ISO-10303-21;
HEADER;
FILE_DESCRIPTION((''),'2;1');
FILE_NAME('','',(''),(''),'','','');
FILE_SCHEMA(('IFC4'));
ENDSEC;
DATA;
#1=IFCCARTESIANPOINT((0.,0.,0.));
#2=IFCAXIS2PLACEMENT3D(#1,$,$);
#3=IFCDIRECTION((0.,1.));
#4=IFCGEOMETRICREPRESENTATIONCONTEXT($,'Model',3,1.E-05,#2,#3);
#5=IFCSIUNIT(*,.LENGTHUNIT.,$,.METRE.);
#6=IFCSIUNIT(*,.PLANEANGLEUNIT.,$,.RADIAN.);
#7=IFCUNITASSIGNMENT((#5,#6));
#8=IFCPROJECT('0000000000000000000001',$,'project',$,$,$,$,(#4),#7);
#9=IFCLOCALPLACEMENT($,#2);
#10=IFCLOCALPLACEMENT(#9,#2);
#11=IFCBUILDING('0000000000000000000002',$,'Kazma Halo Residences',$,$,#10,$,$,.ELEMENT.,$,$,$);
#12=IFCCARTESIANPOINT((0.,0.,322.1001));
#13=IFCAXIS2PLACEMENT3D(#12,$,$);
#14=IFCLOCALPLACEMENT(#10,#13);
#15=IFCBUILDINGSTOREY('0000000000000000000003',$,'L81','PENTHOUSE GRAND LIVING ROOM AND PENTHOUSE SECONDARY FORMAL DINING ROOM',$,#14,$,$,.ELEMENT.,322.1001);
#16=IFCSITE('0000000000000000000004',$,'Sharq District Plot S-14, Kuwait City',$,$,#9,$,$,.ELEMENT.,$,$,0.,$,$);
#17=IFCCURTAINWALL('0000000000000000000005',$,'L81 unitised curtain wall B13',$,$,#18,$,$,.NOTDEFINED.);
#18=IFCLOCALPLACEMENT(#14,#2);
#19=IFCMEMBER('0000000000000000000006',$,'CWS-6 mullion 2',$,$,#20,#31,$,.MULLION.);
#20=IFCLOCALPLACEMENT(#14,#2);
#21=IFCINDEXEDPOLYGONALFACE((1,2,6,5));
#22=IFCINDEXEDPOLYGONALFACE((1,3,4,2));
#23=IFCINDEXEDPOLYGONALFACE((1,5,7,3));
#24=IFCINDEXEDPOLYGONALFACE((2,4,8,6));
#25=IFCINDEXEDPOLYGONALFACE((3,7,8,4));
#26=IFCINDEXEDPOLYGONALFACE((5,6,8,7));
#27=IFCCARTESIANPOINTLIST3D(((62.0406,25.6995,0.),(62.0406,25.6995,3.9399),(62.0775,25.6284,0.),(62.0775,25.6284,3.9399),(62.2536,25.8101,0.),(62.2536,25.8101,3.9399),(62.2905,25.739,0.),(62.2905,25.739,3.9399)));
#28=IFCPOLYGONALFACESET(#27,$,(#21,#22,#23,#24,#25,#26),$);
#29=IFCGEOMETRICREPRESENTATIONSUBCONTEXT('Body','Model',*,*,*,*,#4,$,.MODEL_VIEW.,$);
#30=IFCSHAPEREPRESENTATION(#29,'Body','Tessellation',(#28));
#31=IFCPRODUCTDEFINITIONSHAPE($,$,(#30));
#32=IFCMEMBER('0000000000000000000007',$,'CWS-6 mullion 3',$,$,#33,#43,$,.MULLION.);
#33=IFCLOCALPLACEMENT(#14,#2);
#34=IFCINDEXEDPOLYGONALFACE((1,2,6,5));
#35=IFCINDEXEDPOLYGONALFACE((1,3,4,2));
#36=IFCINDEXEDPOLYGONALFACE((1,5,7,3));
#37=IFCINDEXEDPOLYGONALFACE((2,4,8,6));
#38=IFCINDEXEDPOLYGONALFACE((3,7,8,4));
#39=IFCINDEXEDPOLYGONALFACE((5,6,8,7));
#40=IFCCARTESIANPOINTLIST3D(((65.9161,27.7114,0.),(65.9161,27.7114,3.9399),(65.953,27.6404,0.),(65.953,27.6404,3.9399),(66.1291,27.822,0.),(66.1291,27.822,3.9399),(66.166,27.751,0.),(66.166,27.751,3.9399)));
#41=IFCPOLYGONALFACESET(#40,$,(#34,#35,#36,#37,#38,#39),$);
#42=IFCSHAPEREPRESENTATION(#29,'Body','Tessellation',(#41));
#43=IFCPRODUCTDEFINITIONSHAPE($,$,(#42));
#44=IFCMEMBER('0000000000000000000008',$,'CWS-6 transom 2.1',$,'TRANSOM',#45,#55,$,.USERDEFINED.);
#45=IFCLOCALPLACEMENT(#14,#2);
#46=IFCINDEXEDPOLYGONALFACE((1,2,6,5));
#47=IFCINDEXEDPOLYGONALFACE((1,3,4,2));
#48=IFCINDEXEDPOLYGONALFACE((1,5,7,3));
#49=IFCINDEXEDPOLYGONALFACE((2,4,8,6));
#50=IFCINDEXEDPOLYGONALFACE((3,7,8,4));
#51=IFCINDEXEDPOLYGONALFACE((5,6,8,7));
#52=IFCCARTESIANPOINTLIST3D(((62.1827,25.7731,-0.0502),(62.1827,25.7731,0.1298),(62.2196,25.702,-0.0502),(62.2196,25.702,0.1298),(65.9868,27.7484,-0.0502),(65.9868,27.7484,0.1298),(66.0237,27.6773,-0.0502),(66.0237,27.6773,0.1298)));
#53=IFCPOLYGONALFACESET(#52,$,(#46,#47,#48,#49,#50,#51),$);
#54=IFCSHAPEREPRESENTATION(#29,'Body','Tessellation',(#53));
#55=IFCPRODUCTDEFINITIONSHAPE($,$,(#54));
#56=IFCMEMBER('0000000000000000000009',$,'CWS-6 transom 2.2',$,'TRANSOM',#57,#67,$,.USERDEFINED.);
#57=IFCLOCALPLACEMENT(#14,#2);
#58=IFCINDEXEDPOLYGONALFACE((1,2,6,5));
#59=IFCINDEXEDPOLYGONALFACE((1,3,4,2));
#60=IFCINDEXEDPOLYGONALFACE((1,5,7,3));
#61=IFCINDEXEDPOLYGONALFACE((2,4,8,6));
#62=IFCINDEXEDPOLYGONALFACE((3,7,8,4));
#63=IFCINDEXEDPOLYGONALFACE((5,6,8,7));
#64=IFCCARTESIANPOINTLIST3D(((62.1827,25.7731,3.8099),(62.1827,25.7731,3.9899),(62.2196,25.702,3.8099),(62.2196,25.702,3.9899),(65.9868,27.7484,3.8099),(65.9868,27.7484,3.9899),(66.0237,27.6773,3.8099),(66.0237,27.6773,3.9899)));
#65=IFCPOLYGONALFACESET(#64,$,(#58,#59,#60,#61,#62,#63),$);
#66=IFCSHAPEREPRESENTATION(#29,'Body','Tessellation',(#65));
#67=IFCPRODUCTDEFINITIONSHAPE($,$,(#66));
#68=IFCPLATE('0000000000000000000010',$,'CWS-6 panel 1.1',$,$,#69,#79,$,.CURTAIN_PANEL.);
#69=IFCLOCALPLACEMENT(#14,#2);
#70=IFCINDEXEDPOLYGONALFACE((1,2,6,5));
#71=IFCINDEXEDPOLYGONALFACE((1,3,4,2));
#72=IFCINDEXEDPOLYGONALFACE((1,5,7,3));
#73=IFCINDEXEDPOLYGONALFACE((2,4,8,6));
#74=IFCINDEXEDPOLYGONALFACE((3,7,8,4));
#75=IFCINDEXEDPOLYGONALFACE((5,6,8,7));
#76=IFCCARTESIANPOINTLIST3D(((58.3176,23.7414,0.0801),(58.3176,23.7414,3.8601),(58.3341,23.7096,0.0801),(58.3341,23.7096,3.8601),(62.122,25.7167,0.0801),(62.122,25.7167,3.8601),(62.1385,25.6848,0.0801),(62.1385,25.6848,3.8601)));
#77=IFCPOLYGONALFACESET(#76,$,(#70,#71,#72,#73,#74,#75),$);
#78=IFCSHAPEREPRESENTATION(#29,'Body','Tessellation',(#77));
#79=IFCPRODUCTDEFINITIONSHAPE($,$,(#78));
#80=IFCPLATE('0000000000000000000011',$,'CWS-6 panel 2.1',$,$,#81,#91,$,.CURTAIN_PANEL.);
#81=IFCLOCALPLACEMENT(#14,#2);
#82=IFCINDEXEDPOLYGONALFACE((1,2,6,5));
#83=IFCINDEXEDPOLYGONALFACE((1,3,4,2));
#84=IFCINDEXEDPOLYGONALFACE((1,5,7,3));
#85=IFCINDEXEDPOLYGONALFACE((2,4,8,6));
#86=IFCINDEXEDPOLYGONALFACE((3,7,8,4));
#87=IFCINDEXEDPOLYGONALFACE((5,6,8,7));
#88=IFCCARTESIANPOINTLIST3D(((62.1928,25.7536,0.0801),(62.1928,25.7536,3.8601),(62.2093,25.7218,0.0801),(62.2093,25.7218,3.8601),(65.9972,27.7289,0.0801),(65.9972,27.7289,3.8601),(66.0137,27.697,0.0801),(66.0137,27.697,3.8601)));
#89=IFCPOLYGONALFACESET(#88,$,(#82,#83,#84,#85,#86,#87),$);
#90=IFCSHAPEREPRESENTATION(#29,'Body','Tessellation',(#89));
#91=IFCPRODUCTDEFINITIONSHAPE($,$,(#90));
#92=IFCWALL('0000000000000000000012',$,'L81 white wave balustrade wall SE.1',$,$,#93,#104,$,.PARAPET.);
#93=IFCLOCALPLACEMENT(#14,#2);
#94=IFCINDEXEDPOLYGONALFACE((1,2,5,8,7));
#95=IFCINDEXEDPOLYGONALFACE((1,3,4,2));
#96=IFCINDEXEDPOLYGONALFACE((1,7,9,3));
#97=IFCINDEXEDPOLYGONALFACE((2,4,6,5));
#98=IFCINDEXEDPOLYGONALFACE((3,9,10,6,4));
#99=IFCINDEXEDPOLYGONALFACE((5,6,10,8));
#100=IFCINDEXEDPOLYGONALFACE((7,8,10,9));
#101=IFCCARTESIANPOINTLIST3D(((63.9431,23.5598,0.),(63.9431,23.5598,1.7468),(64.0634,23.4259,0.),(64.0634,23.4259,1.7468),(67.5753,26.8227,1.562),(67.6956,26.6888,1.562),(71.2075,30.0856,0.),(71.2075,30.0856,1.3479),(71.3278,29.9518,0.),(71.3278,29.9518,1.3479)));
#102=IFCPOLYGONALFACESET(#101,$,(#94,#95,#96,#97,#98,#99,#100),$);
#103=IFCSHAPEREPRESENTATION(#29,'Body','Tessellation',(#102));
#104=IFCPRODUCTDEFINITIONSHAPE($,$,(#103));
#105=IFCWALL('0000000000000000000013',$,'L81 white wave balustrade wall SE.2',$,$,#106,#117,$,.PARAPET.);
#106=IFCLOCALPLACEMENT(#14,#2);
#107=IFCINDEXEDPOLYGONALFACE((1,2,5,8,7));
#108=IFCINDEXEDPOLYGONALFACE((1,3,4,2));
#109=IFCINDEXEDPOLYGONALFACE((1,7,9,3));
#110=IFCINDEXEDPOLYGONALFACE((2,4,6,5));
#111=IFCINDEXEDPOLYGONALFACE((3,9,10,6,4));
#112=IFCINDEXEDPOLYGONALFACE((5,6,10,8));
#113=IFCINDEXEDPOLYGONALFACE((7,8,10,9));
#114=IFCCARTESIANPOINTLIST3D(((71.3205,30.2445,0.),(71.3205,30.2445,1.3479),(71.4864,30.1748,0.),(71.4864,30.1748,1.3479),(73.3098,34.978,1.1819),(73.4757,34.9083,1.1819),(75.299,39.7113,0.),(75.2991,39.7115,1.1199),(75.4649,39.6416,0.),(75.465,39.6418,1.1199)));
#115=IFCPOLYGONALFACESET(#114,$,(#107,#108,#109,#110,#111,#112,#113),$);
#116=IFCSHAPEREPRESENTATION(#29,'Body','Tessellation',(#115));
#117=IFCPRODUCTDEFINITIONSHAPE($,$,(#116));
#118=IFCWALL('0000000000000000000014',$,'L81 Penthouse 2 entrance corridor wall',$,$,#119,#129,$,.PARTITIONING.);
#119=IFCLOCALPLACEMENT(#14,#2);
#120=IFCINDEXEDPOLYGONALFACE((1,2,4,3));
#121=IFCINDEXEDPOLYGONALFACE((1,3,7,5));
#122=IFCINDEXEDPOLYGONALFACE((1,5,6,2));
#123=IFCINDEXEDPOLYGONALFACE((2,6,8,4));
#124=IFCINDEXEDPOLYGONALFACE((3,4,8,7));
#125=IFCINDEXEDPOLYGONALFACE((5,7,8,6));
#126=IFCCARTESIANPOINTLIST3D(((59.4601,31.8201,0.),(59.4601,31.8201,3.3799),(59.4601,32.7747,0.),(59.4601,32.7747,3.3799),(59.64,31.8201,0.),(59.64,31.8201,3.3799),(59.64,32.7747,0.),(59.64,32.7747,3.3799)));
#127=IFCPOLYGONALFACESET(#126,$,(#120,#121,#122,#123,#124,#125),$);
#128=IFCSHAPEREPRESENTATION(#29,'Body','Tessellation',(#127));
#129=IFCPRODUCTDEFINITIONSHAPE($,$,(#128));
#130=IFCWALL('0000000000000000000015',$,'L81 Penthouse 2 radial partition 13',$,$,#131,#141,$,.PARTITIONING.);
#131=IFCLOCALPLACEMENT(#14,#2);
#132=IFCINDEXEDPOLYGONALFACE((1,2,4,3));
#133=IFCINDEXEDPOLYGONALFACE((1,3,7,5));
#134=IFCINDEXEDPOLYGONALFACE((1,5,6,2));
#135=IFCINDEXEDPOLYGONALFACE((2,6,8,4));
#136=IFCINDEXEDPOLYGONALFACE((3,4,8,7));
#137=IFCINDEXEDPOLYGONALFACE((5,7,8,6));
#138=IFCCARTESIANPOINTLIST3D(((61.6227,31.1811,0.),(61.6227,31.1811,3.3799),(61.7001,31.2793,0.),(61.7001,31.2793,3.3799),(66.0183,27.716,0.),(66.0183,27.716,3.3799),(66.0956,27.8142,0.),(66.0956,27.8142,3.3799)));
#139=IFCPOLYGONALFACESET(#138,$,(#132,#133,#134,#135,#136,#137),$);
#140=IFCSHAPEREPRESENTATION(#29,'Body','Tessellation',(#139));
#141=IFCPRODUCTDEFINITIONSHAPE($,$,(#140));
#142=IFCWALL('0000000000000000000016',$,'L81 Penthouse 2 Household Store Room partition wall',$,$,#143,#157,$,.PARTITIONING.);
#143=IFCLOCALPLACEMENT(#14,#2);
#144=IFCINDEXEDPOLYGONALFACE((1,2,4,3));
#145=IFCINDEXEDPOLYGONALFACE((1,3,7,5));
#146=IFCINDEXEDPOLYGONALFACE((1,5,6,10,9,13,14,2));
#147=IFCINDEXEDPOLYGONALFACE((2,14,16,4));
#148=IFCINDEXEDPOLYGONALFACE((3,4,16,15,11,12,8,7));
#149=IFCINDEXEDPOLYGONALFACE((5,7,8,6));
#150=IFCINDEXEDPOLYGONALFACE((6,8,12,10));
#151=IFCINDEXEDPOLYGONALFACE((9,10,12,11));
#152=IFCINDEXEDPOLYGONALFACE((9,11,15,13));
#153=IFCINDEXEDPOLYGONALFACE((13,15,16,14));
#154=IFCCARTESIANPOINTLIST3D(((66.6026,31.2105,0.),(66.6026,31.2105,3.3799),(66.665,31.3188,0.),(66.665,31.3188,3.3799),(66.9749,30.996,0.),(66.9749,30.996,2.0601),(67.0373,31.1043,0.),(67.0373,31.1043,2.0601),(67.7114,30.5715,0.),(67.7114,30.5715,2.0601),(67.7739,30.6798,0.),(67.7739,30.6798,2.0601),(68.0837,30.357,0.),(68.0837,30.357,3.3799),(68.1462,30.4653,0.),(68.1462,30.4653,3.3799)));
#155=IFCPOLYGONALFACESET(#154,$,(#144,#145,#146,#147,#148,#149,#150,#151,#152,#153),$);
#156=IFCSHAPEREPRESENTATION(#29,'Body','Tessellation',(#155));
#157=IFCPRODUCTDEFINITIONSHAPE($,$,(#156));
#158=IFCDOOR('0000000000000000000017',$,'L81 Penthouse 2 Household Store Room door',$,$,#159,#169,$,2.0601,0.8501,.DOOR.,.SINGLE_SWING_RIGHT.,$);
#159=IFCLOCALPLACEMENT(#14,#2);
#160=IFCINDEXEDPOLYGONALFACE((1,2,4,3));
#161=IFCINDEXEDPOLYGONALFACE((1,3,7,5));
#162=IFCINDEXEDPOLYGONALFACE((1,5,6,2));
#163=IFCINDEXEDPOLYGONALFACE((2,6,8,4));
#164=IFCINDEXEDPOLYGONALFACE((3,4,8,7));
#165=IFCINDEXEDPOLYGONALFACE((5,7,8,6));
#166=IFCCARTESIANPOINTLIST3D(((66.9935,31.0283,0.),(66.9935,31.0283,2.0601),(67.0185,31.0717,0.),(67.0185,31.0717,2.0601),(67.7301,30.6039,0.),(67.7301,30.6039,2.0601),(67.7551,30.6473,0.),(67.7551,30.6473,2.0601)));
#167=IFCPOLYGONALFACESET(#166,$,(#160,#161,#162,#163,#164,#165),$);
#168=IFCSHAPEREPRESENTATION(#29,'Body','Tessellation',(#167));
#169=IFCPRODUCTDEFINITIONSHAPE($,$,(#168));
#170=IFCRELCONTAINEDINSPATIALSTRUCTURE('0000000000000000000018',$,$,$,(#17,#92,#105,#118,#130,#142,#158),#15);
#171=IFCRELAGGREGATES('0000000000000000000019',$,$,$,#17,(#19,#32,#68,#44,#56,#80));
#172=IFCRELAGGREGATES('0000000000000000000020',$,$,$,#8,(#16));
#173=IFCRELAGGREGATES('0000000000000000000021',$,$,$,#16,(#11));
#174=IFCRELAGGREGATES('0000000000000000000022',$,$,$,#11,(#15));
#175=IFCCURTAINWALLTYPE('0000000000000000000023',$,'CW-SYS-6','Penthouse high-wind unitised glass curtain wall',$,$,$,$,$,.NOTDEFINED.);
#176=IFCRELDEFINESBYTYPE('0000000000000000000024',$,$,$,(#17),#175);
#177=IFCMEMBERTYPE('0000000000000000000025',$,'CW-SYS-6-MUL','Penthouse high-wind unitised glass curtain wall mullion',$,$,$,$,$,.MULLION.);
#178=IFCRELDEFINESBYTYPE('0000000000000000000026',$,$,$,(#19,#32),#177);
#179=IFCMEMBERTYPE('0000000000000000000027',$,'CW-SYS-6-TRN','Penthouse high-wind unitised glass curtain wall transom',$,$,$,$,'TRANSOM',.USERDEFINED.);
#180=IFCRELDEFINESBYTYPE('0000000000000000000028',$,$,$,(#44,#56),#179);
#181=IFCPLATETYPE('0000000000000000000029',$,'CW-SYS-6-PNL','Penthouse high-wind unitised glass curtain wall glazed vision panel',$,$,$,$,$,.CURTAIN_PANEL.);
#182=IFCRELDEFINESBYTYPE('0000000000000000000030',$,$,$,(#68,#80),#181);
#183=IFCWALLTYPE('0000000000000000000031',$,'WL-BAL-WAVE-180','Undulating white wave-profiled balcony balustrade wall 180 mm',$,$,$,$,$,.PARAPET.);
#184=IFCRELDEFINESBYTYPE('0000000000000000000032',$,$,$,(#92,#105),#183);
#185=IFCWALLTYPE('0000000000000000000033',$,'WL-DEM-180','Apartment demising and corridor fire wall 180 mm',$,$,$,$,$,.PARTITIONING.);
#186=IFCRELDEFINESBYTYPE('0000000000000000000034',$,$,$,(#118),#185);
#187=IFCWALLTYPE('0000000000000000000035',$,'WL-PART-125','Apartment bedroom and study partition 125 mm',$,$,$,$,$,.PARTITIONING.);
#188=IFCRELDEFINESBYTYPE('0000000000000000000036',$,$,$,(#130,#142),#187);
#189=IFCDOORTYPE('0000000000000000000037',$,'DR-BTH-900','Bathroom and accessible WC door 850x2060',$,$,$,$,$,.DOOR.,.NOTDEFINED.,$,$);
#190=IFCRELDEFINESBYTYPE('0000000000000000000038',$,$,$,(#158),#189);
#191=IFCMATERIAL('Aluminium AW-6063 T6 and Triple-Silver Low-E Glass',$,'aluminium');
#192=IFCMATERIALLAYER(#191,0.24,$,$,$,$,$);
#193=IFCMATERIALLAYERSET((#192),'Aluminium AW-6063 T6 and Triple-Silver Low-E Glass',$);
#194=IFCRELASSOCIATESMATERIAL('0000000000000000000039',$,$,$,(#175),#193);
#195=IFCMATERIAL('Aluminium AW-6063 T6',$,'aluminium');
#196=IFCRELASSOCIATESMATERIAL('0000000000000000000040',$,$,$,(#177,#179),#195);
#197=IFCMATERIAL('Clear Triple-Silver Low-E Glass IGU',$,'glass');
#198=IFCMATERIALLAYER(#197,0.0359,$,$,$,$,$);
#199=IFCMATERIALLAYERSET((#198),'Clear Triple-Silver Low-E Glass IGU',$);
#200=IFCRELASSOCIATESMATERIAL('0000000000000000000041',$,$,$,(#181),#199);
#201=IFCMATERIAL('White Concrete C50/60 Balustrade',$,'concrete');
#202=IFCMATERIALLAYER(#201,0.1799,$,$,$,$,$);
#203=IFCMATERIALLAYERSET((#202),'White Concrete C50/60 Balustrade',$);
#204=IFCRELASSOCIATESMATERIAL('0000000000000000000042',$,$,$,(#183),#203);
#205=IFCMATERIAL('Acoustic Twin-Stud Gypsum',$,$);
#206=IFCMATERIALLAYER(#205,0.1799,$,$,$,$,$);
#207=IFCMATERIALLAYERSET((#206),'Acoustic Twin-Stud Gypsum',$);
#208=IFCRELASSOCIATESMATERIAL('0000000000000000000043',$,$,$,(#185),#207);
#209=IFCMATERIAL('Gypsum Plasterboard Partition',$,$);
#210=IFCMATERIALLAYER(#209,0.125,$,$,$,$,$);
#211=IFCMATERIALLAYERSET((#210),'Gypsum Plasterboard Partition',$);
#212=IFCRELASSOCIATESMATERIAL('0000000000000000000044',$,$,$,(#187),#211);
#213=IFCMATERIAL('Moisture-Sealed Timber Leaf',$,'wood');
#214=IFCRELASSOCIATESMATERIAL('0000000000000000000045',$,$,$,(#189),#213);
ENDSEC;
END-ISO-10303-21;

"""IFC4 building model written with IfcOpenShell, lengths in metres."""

from ifc_helpers import new_model, si_unit, direction, frame, frame_2d, origin, origin_2d, place, context, subcontext, project, spatial, polyline, rectangle, outline, extrude, material, layer, layer_set, material_profile, profile_set, type_object, element, fill, aggregate, save


model = new_model("IFC4")

# Units and contexts
model_context = context("Model", 3, precision=1e-05, world=origin(), true_north=direction((0.0, 1.0)))
body_context = subcontext(model_context, "Body", "Model", "MODEL_VIEW")
ifc_project = project(units=[si_unit("LENGTHUNIT", "METRE"), si_unit("PLANEANGLEUNIT", "RADIAN")], contexts=[model_context])

# Site, building, storey
site_placement = place(None, origin())
site = spatial("IfcSite", under=ifc_project, at=site_placement, Name="Sharq District Plot S-14, Kuwait City", CompositionType="ELEMENT", RefElevation=0.0)
building_placement = place(site_placement, origin())
building = spatial("IfcBuilding", under=site, at=building_placement, Name="Kazma Halo Residences", CompositionType="ELEMENT")
storey_placement = place(building_placement, frame((0.0, 0.0, 322.1001)))
storey = spatial("IfcBuildingStorey", under=building, at=storey_placement, Name="L81", Description="PENTHOUSE GRAND LIVING ROOM AND PENTHOUSE SECONDARY FORMAL DINING ROOM", CompositionType="ELEMENT", Elevation=322.1001)

# Curtain wall, members, plates
ifc_material_1 = material(Name="Aluminium AW-6063 T6 and Triple-Silver Low-E Glass", Category="aluminium")
ifc_layer_1 = layer(ifc_material_1, 0.24)
ifc_layer_set_1 = layer_set([ifc_layer_1], Name="Aluminium AW-6063 T6 and Triple-Silver Low-E Glass")
curtain_wall_type = type_object("IfcCurtainWallType", Name="CW-SYS-6", Description="Penthouse high-wind unitised glass curtain wall", PredefinedType="NOTDEFINED", material=ifc_layer_set_1)
curtain_wall_placement = place(storey_placement, origin())
curtain_wall = element("IfcCurtainWall", 1, at=curtain_wall_placement, inside=storey, type_object=curtain_wall_type, Name="L81 unitised curtain wall B13", PredefinedType="NOTDEFINED")
ifc_material_2 = material(Name="Aluminium AW-6063 T6", Category="aluminium")
ifc_material_profile_1 = material_profile(ifc_material_2, rectangle(XDim=0.0801, YDim=0.24, at=origin_2d()), Name="CWM-80x240")
ifc_profile_set_1 = profile_set([ifc_material_profile_1], Name="Aluminium AW-6063 T6")
member_type_1 = type_object("IfcMemberType", Name="CW-SYS-6-MUL", Description="Penthouse high-wind unitised glass curtain wall mullion", PredefinedType="MULLION", material=ifc_profile_set_1)
member_1_placement = place(storey_placement, frame((62.1655, 25.7192, 0.0), z_axis=(0.0, 0.0, 1.0), x_axis=(-0.460796, 0.887506, 0.0)))
member_1 = element("IfcMember", 2, at=member_1_placement, type_object=member_type_1, Name="CWS-6 mullion 2", PredefinedType="MULLION", context=body_context, shape_type="SweptSolid", body=[
    extrude(rectangle(XDim=0.0801, YDim=0.24, at=origin_2d()), origin(), (0.0, 0.0, 1.0), 3.9399),
])
member_2_placement = place(storey_placement, frame((66.041, 27.7312, 0.0), z_axis=(0.0, 0.0, 1.0), x_axis=(-0.460796, 0.887506, 0.0)))
member_2 = element("IfcMember", 3, at=member_2_placement, type_object=member_type_1, Name="CWS-6 mullion 3", PredefinedType="MULLION", context=body_context, shape_type="SweptSolid", body=[
    extrude(rectangle(XDim=0.0801, YDim=0.24, at=origin_2d()), origin(), (0.0, 0.0, 1.0), 3.9399),
])
ifc_material_profile_2 = material_profile(ifc_material_2, rectangle(XDim=0.0801, YDim=0.1799, at=origin_2d()), Name="CWT-80x180")
ifc_profile_set_2 = profile_set([ifc_material_profile_2], Name="Aluminium AW-6063 T6")
member_type_2 = type_object("IfcMemberType", Name="CW-SYS-6-TRN", Description="Penthouse high-wind unitised glass curtain wall transom", ElementType="TRANSOM", PredefinedType="USERDEFINED", material=ifc_profile_set_2)
member_3_placement = place(storey_placement, frame((62.2012, 25.7375, 0.0398), z_axis=(0.887488, 0.460831, 0.0), x_axis=(-0.460831, 0.887488, 0.0)))
member_3 = element("IfcMember", 4, at=member_3_placement, type_object=member_type_2, Name="CWS-6 transom 2.1", ObjectType="TRANSOM", PredefinedType="USERDEFINED", context=body_context, shape_type="SweptSolid", body=[
    extrude(rectangle(XDim=0.0801, YDim=0.1799, at=origin_2d()), origin(), (0.0, 0.0, 1.0), 4.2864),
])
member_4_placement = place(storey_placement, frame((62.2012, 25.7375, 3.8999), z_axis=(0.887488, 0.460831, 0.0), x_axis=(-0.460831, 0.887488, 0.0)))
member_4 = element("IfcMember", 5, at=member_4_placement, type_object=member_type_2, Name="CWS-6 transom 2.2", ObjectType="TRANSOM", PredefinedType="USERDEFINED", context=body_context, shape_type="SweptSolid", body=[
    extrude(rectangle(XDim=0.0801, YDim=0.1799, at=origin_2d()), origin(), (0.0, 0.0, 1.0), 4.2864),
])
ifc_material_3 = material(Name="Clear Triple-Silver Low-E Glass IGU", Category="glass")
ifc_layer_2 = layer(ifc_material_3, 0.0359)
ifc_layer_set_2 = layer_set([ifc_layer_2], Name="Clear Triple-Silver Low-E Glass IGU")
plate_type = type_object("IfcPlateType", Name="CW-SYS-6-PNL", Description="Penthouse high-wind unitised glass curtain wall glazed vision panel", PredefinedType="CURTAIN_PANEL", material=ifc_layer_set_2)
plate_1_placement = place(storey_placement, frame((60.228, 24.7131, 0.0801), z_axis=(0.0, 0.0, 1.0), x_axis=(0.887506, 0.460796, 0.0)))
plate_1 = element("IfcPlate", 6, at=plate_1_placement, type_object=plate_type, Name="CWS-6 panel 1.1", PredefinedType="CURTAIN_PANEL", context=body_context, shape_type="SweptSolid", body=[
    extrude(rectangle(XDim=4.2866, YDim=0.0359, at=origin_2d()), origin(), (0.0, 0.0, 1.0), 3.78),
])
plate_2_placement = place(storey_placement, frame((64.1033, 26.7253, 0.0801), z_axis=(0.0, 0.0, 1.0), x_axis=(0.887506, 0.460796, 0.0)))
plate_2 = element("IfcPlate", 7, at=plate_2_placement, type_object=plate_type, Name="CWS-6 panel 2.1", PredefinedType="CURTAIN_PANEL", context=body_context, shape_type="SweptSolid", body=[
    extrude(rectangle(XDim=4.2866, YDim=0.0359, at=origin_2d()), origin(), (0.0, 0.0, 1.0), 3.78),
])
aggregate(curtain_wall, [member_1, member_2, plate_1, member_3, member_4, plate_2])

# Walls
ifc_material_4 = material(Name="White Concrete C50/60 Balustrade", Category="concrete")
ifc_layer_3 = layer(ifc_material_4, 0.1799)
ifc_layer_set_3 = layer_set([ifc_layer_3], Name="White Concrete C50/60 Balustrade")
wall_type_1 = type_object("IfcWallType", Name="WL-BAL-WAVE-180", Description="Undulating white wave-profiled balcony balustrade wall 180 mm", PredefinedType="PARAPET", material=ifc_layer_set_3)
wall_1_placement = place(storey_placement, frame((64.0032, 23.4929, 0.0), z_axis=(0.0, 0.0, 1.0), x_axis=(0.743909, 0.668281, 0.0)))
element("IfcWall", 8, at=wall_1_placement, inside=storey, type_object=wall_type_1, Name="L81 white wave balustrade wall SE.1", PredefinedType="PARAPET", context=body_context, shape_type="SweptSolid", body=[
    extrude(outline(polyline([(0.0, 0.0), (9.7651, 0.0), (9.7651, 1.3479), (4.8826, 1.562), (0.0, 1.7468), (0.0, 0.0)])), frame((0.0, 0.0898, 0.0), z_axis=(0.0, -1.0, 0.0), x_axis=(1.0, 0.0, 0.0)), (0.0, 0.0, 1.0), 0.1799),
])
wall_2_placement = place(storey_placement, frame((71.4033, 30.2097, 0.0), z_axis=(0.0, 0.0, 1.0), x_axis=(0.387436, 0.921897, 0.0)))
element("IfcWall", 9, at=wall_2_placement, inside=storey, type_object=wall_type_1, Name="L81 white wave balustrade wall SE.2", PredefinedType="PARAPET", context=body_context, shape_type="SweptSolid", body=[
    extrude(outline(polyline([(0.0, 0.0), (10.2688, 0.0), (10.269, 1.1199), (5.1345, 1.1819), (0.0, 1.3479), (0.0, 0.0)])), frame((0.0, 0.0898, 0.0), z_axis=(0.0, -1.0, 0.0), x_axis=(1.0, 0.0, 0.0)), (0.0, 0.0, 1.0), 0.1799),
])
ifc_material_5 = material(Name="Acoustic Twin-Stud Gypsum")
ifc_layer_4 = layer(ifc_material_5, 0.1799)
ifc_layer_set_4 = layer_set([ifc_layer_4], Name="Acoustic Twin-Stud Gypsum")
wall_type_2 = type_object("IfcWallType", Name="WL-DEM-180", Description="Apartment demising and corridor fire wall 180 mm", PredefinedType="PARTITIONING", material=ifc_layer_set_4)
wall_3_placement = place(storey_placement, frame((59.55, 31.8201, 0.0), z_axis=(0.0, 0.0, 1.0), x_axis=(0.0, 1.0, 0.0)))
element("IfcWall", 10, at=wall_3_placement, inside=storey, type_object=wall_type_2, Name="L81 Penthouse 2 entrance corridor wall", PredefinedType="PARTITIONING", context=body_context, shape_type="SweptSolid", body=[
    extrude(rectangle(XDim=0.9546, YDim=0.1799, at=frame_2d((0.4773, 0.0))), origin(), (0.0, 0.0, 1.0), 3.3799),
])

# Wall
ifc_material_6 = material(Name="Gypsum Plasterboard Partition")
ifc_layer_5 = layer(ifc_material_6, 0.125)
ifc_layer_set_5 = layer_set([ifc_layer_5], Name="Gypsum Plasterboard Partition")
wall_type_3 = type_object("IfcWallType", Name="WL-PART-125", Description="Apartment bedroom and study partition 125 mm", PredefinedType="PARTITIONING", material=ifc_layer_set_5)
wall_4_placement = place(storey_placement, frame((61.6614, 31.2302, 0.0), z_axis=(0.0, 0.0, 1.0), x_axis=(0.785321, -0.619088, 0.0)))
element("IfcWall", 11, at=wall_4_placement, inside=storey, type_object=wall_type_3, Name="L81 Penthouse 2 radial partition 13", PredefinedType="PARTITIONING", context=body_context, shape_type="SweptSolid", body=[
    extrude(rectangle(XDim=5.5972, YDim=0.125, at=frame_2d((2.7986, 0.0))), origin(), (0.0, 0.0, 1.0), 3.3799),
])

# Wall, opening, door
wall_5_placement = place(storey_placement, frame((66.6338, 31.2646, 0.0), z_axis=(0.0, 0.0, 1.0), x_axis=(0.866445, -0.499273, 0.0)))
wall_5 = element("IfcWall", 12, at=wall_5_placement, inside=storey, type_object=wall_type_3, Name="L81 Penthouse 2 Household Store Room partition wall", PredefinedType="PARTITIONING", context=body_context, shape_type="SweptSolid", body=[
    extrude(rectangle(XDim=1.7095, YDim=0.125, at=frame_2d((0.8547, 0.0))), origin(), (0.0, 0.0, 1.0), 3.3799),
])
opening_1_placement = place(wall_5_placement, frame((0.4297, 0.0, 0.0)))
opening_1 = element("IfcOpeningElement", 13, at=opening_1_placement, cuts=wall_5, PredefinedType="OPENING", context=body_context, shape_type="SweptSolid", body=[
    extrude(rectangle(XDim=0.8501, YDim=2.0601, at=frame_2d((0.425, 1.03))), frame((0.0, 0.0725, 0.0), z_axis=(0.0, -1.0, 0.0), x_axis=(1.0, 0.0, 0.0)), (0.0, 0.0, 1.0), 0.145),
])
ifc_material_7 = material(Name="Moisture-Sealed Timber Leaf", Category="wood")
door_type_1 = type_object("IfcDoorType", Name="DR-BTH-900", Description="Bathroom and accessible WC door 850x2060", OperationType="NOTDEFINED", PredefinedType="DOOR", material=ifc_material_7)
door_1_placement = place(opening_1_placement, origin())
door_1 = element("IfcDoor", 14, at=door_1_placement, inside=storey, type_object=door_type_1, Name="L81 Penthouse 2 Household Store Room door", OperationType="SINGLE_SWING_RIGHT", OverallHeight=2.0601, OverallWidth=0.8501, PredefinedType="DOOR", context=body_context, shape_type="SweptSolid", body=[
    extrude(rectangle(XDim=0.8501, YDim=2.0601, at=frame_2d((0.425, 1.03))), frame((0.0, 0.0249, 0.0), z_axis=(0.0, -1.0, 0.0), x_axis=(1.0, 0.0, 0.0)), (0.0, 0.0, 1.0), 0.05),
])
fill(opening_1, door_1)

save(model, "model.ifc")
